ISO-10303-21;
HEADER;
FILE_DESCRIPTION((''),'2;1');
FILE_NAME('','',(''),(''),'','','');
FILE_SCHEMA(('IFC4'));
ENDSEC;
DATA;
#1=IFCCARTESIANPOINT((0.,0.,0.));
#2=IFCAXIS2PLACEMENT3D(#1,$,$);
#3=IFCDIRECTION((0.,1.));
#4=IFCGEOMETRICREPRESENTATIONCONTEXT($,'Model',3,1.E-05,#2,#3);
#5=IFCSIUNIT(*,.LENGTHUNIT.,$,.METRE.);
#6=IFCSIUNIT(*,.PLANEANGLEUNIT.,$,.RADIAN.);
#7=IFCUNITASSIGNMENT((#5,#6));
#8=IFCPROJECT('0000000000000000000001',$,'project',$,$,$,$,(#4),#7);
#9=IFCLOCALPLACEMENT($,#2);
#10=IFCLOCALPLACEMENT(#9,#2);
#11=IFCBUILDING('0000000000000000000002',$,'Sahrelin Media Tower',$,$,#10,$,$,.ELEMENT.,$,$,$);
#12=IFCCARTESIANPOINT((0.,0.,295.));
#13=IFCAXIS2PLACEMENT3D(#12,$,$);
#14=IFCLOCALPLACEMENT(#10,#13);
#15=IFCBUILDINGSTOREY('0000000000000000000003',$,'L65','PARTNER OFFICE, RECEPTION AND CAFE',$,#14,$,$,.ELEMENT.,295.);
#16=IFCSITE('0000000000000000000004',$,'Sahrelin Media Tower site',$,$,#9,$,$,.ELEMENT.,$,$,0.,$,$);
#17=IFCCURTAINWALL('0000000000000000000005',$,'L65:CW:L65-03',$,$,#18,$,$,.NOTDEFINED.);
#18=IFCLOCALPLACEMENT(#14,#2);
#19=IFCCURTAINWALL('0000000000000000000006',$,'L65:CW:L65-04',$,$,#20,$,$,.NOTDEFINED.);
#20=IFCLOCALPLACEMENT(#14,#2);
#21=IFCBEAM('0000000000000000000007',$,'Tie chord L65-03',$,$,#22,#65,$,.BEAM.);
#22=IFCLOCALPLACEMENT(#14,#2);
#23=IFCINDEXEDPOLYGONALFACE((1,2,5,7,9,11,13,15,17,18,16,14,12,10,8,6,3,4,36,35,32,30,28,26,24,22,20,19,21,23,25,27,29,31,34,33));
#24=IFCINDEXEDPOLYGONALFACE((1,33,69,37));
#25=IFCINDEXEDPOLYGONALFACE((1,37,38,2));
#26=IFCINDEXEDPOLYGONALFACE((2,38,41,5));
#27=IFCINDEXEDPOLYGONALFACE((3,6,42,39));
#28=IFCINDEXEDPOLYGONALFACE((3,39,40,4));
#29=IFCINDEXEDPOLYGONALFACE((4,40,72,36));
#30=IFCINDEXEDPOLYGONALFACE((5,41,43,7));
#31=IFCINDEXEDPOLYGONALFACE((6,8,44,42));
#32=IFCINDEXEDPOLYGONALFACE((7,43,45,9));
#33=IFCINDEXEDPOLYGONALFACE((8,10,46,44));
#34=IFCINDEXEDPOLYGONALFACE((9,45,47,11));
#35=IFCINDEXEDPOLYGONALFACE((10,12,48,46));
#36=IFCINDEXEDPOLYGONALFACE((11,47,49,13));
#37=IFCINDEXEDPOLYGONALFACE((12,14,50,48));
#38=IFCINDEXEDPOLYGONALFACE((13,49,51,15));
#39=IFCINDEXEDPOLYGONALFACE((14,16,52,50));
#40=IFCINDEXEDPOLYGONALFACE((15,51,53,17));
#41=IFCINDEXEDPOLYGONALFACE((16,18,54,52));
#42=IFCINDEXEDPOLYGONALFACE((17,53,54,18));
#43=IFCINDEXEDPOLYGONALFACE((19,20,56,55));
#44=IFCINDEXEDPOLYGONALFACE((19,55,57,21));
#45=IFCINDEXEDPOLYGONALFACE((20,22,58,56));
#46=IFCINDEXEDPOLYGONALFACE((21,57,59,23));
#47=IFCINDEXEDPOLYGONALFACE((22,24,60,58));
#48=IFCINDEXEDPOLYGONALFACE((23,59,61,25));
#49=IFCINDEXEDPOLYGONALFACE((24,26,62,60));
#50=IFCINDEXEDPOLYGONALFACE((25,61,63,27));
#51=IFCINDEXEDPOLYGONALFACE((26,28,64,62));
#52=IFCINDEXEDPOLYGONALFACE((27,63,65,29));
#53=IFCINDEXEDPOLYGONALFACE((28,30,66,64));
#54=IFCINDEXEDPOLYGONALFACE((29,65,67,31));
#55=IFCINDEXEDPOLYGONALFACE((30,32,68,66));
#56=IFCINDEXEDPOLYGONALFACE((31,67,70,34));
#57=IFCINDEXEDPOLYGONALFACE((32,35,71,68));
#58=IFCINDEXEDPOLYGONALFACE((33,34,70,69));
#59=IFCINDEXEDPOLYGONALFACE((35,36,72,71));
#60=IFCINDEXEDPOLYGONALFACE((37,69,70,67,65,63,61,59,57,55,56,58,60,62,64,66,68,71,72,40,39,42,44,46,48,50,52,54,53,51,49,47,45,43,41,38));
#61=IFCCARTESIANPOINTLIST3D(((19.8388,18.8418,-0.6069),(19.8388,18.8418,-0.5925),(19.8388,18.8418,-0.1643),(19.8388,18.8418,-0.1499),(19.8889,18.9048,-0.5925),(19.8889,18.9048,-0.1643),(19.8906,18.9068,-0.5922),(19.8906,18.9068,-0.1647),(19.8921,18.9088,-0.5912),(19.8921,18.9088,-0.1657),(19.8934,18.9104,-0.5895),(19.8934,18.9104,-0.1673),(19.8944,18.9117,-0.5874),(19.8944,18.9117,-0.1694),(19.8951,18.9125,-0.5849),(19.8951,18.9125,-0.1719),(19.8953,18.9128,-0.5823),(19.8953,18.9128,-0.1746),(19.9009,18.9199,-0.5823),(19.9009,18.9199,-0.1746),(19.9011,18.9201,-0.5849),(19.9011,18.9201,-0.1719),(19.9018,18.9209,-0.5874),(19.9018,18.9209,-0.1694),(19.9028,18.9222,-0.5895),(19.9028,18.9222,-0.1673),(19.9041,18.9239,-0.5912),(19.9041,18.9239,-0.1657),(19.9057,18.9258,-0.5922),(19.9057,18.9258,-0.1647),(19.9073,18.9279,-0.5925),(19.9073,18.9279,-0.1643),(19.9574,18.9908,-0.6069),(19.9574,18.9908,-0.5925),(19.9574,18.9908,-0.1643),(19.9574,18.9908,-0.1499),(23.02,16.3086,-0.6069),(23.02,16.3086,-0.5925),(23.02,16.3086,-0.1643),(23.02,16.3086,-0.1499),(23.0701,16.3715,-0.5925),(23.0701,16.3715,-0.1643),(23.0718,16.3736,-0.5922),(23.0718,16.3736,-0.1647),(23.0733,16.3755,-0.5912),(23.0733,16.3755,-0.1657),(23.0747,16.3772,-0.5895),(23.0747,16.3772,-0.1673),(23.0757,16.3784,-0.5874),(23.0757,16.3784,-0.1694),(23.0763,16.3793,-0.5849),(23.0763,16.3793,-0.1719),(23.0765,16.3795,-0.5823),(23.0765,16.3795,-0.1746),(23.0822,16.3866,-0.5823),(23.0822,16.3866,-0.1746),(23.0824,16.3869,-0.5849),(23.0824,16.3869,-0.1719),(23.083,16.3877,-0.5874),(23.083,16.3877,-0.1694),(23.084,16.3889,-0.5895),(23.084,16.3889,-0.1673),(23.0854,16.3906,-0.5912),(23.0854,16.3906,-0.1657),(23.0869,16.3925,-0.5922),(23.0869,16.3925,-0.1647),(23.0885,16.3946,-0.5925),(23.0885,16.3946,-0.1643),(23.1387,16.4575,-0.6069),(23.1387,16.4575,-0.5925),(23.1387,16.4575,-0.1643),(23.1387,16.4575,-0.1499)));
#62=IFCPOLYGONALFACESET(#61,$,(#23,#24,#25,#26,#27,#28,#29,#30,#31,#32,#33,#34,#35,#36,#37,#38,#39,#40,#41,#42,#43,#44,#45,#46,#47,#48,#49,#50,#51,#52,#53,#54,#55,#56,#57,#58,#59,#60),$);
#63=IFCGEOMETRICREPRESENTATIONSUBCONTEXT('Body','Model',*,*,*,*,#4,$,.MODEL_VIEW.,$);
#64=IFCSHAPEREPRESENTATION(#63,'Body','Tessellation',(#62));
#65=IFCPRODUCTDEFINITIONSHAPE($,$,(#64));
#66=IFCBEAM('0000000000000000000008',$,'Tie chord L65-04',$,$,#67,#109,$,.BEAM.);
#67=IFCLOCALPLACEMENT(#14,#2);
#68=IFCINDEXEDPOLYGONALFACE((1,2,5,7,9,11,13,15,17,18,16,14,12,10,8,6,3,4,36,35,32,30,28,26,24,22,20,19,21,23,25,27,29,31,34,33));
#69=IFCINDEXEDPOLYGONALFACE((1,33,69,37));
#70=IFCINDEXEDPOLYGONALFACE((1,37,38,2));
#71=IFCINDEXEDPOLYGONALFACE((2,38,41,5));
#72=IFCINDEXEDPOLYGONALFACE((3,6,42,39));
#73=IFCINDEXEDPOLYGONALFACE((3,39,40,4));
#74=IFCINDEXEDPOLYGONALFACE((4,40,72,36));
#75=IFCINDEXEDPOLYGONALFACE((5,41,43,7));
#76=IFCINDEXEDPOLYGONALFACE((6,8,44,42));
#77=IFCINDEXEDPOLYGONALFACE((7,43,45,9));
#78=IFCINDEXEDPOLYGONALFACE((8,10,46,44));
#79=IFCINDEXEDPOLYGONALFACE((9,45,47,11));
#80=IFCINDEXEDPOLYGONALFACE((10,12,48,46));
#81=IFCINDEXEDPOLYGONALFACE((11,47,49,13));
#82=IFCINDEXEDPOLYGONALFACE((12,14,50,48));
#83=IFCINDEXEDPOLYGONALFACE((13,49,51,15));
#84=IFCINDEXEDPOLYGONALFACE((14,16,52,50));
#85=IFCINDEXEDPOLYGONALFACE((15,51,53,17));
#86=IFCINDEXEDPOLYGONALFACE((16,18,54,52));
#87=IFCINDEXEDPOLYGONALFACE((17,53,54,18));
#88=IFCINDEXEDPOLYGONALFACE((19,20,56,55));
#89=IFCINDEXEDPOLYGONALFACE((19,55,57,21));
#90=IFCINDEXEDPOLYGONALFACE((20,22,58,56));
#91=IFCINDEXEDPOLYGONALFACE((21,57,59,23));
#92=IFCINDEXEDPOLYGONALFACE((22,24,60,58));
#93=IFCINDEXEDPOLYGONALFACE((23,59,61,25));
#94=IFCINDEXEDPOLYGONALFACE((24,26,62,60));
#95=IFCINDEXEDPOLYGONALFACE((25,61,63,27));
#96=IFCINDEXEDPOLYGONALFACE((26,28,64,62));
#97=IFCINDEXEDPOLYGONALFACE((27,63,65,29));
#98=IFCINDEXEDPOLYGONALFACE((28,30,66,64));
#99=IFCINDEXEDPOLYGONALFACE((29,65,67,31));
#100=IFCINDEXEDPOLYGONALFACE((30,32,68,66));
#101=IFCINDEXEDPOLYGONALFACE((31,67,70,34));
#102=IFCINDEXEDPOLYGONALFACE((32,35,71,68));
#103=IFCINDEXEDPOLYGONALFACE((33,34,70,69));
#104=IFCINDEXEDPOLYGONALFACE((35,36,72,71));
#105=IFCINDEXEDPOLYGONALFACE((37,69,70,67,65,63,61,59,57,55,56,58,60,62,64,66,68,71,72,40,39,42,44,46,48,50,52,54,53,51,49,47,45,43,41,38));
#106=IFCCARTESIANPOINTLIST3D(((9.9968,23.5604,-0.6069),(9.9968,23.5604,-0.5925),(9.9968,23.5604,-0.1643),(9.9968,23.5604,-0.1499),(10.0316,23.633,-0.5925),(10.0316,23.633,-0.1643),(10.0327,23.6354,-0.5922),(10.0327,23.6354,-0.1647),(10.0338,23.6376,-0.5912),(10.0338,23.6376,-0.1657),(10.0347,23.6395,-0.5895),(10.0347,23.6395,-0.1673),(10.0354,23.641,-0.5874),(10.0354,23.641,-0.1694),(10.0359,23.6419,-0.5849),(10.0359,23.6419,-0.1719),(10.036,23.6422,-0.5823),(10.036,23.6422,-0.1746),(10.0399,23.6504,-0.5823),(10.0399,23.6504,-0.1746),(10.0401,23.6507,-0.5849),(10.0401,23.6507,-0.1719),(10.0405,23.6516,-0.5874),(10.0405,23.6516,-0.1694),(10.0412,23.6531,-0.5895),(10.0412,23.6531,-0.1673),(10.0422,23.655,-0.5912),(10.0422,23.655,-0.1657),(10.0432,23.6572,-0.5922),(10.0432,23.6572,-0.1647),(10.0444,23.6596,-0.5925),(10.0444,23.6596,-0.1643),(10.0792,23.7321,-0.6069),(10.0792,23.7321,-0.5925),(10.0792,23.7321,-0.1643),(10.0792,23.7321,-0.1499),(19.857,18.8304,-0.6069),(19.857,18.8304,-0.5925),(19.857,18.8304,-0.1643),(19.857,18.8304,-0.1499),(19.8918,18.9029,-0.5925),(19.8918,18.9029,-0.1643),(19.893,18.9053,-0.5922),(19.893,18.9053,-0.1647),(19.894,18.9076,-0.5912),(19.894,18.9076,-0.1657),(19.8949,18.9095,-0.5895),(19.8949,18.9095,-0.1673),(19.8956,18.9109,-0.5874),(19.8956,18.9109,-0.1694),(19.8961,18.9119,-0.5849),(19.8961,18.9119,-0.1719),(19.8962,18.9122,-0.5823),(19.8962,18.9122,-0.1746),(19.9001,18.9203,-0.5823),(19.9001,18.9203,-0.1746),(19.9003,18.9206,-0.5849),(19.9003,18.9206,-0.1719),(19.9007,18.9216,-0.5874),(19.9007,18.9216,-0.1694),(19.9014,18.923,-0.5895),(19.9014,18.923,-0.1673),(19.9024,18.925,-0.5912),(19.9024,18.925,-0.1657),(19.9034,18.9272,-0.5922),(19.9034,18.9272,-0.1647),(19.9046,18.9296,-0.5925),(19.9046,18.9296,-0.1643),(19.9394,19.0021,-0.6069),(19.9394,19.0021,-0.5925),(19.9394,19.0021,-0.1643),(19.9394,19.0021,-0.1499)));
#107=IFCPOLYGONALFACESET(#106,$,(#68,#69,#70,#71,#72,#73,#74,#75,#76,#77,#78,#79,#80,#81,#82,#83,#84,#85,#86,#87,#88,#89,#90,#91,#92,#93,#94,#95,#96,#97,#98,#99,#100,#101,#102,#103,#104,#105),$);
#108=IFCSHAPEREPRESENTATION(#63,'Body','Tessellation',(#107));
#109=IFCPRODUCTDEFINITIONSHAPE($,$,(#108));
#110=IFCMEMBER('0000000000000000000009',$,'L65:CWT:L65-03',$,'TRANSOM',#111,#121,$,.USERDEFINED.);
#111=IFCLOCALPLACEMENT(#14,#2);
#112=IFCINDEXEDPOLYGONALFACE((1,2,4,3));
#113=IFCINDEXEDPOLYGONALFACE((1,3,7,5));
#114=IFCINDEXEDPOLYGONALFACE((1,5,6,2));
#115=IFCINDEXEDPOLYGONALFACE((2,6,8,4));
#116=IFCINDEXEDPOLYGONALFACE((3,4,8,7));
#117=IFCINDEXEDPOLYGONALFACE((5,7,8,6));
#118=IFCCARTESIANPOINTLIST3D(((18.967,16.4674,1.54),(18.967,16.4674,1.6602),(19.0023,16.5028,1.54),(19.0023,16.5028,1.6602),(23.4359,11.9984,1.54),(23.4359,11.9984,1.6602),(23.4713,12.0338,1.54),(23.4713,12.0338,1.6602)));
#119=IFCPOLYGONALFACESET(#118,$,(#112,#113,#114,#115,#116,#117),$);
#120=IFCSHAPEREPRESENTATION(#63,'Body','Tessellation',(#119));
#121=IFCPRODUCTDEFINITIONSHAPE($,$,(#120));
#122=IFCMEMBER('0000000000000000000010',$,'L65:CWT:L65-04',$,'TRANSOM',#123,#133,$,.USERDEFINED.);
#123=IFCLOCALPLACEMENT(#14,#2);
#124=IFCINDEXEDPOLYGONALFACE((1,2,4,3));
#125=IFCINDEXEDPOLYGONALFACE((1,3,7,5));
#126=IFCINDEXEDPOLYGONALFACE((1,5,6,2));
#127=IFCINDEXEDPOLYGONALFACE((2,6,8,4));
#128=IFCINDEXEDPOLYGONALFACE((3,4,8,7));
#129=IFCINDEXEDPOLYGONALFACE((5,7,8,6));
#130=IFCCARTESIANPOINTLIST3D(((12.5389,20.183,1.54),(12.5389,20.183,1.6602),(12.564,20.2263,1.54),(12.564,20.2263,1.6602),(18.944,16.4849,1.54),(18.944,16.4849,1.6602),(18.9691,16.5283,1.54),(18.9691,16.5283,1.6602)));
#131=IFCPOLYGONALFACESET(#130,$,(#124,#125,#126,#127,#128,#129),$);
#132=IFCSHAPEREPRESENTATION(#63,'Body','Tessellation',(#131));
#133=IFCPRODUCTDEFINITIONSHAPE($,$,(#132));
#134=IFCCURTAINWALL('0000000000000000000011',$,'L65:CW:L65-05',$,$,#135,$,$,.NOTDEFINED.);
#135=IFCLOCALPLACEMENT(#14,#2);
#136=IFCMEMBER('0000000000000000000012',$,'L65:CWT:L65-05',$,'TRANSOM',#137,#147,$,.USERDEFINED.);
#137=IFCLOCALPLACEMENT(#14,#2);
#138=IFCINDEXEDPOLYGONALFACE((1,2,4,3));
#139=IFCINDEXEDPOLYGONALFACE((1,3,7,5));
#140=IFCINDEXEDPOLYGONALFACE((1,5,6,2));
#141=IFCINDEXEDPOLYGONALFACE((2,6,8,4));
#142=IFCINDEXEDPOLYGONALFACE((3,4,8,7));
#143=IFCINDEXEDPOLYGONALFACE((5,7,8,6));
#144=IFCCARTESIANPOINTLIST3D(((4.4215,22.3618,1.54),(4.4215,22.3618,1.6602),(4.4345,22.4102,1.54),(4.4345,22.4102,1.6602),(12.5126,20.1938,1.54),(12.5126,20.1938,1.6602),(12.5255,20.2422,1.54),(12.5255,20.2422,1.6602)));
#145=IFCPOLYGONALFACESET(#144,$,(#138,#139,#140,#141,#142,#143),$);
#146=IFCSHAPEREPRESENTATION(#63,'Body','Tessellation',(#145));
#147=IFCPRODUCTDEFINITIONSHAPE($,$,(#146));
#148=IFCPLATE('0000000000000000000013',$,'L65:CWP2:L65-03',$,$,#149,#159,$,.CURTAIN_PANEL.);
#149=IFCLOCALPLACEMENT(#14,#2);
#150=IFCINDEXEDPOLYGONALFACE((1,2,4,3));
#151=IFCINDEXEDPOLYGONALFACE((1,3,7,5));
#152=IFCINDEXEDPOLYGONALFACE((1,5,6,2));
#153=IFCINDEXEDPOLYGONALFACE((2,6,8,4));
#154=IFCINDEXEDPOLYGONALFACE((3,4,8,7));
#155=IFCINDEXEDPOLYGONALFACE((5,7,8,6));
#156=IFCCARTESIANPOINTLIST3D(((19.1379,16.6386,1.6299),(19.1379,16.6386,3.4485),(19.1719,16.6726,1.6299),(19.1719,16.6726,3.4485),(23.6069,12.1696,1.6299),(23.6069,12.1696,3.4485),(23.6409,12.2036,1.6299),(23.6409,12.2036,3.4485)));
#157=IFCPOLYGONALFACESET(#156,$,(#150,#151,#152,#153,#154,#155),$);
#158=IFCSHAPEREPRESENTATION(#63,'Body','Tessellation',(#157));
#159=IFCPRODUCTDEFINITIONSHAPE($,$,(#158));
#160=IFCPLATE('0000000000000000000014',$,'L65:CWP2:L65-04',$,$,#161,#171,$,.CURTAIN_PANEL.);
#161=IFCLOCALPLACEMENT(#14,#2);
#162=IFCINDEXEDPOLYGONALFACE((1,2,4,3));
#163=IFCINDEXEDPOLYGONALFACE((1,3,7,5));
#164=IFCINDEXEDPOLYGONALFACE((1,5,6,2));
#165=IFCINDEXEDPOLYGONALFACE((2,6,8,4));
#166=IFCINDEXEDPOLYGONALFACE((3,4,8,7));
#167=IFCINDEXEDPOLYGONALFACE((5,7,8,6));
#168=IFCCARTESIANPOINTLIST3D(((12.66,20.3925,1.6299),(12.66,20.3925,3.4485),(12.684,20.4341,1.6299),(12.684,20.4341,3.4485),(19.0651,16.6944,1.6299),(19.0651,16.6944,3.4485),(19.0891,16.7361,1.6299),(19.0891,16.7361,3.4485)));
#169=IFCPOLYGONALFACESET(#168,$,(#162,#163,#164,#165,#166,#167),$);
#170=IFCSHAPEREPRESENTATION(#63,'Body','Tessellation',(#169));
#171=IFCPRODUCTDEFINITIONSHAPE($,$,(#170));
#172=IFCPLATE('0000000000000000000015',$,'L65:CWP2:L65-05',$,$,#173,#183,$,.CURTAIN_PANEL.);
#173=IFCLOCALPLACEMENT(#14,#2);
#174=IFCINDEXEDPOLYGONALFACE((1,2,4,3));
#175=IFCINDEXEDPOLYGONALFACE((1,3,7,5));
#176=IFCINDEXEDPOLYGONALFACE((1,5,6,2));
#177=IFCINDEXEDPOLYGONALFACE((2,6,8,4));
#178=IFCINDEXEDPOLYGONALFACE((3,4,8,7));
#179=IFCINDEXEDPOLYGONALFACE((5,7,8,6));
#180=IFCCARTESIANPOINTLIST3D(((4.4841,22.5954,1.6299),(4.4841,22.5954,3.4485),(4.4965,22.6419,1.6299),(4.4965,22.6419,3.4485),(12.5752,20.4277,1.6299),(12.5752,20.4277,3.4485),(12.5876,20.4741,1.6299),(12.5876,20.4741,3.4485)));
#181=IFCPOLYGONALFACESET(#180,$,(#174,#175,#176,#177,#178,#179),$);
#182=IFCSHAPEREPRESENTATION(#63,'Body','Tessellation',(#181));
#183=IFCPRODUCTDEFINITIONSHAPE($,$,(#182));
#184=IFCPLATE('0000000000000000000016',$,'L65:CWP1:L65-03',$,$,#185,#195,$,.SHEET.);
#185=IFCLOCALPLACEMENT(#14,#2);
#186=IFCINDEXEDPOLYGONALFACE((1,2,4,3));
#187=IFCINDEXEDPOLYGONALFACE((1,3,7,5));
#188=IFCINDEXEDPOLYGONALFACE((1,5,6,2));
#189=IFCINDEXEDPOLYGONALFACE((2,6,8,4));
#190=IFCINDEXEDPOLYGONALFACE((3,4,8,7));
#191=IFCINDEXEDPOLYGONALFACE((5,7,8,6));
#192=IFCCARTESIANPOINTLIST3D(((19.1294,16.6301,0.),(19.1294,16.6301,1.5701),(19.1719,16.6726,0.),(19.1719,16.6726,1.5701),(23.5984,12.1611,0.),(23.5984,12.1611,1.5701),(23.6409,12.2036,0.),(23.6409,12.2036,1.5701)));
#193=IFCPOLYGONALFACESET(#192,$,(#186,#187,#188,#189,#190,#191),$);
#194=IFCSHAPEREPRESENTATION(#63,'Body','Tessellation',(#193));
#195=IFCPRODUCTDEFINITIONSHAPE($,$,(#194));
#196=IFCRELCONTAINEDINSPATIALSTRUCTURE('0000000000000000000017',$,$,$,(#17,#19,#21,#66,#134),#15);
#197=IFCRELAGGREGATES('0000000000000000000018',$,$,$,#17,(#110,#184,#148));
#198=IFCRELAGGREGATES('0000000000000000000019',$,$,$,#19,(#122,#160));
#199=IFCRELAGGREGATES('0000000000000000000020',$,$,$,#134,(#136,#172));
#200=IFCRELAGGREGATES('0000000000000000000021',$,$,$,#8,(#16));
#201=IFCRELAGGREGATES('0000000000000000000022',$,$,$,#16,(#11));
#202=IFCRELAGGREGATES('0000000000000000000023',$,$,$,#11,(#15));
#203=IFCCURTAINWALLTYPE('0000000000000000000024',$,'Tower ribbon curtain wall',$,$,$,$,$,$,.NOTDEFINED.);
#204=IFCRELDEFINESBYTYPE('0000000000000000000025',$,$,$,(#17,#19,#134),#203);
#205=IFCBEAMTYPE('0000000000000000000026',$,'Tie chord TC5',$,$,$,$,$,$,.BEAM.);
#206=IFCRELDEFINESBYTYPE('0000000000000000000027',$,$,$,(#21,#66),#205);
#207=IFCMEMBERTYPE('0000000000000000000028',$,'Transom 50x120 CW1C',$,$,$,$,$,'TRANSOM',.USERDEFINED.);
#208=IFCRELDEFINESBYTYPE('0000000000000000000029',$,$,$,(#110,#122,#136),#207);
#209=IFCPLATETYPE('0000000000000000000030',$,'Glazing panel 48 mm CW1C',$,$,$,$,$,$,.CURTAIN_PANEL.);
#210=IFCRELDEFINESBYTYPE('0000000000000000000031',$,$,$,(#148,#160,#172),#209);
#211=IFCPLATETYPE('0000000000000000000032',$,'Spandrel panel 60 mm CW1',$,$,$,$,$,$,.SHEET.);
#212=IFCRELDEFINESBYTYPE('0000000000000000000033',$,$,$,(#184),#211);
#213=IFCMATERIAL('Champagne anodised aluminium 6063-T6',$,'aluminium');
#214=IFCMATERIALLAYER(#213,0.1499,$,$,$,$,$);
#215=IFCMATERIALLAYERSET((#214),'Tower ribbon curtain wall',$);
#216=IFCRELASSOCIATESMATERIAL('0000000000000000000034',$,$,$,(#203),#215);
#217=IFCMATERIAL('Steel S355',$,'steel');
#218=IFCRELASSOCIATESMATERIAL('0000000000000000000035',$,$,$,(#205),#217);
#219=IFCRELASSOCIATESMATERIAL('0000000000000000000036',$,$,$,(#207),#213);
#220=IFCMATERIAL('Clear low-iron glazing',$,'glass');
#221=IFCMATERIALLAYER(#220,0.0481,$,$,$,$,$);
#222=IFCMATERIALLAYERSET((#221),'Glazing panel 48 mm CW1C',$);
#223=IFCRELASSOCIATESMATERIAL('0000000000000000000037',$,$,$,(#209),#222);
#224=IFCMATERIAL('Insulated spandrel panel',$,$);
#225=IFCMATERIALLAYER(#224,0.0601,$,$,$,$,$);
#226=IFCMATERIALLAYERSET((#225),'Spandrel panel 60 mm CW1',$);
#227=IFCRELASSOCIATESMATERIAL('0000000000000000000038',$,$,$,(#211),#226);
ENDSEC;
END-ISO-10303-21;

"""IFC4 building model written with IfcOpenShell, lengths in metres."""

from ifc_helpers import new_model, si_unit, direction, frame, origin, origin_2d, place, context, subcontext, project, spatial, polyline, rectangle, i_section, outline, extrude, material, layer, layer_set, material_profile, profile_set, type_object, element, aggregate, save


model = new_model("IFC4")

# Units and contexts
model_context = context("Model", 3, precision=1e-05, world=origin(), true_north=direction((0.0, 1.0)))
body_context = subcontext(model_context, "Body", "Model", "MODEL_VIEW")
ifc_project = project(units=[si_unit("LENGTHUNIT", "METRE"), si_unit("PLANEANGLEUNIT", "RADIAN")], contexts=[model_context])

# Site, building, storey
site_placement = place(None, origin())
site = spatial("IfcSite", under=ifc_project, at=site_placement, Name="Sahrelin Media Tower site", CompositionType="ELEMENT", RefElevation=0.0)
building_placement = place(site_placement, origin())
building = spatial("IfcBuilding", under=site, at=building_placement, Name="Sahrelin Media Tower", CompositionType="ELEMENT")
storey_placement = place(building_placement, frame((0.0, 0.0, 295.0)))
storey = spatial("IfcBuildingStorey", under=building, at=storey_placement, Name="L65", Description="PARTNER OFFICE, RECEPTION AND CAFE", CompositionType="ELEMENT", Elevation=295.0)

# Shared definitions
ifc_material_1 = material(Name="Steel S355", Category="steel")

# Curtain walls
ifc_material_2 = material(Name="Champagne anodised aluminium 6063-T6", Category="aluminium")
ifc_layer_1 = layer(ifc_material_2, 0.1499)
ifc_layer_set_1 = layer_set([ifc_layer_1], Name="Tower ribbon curtain wall")
curtain_wall_type = type_object("IfcCurtainWallType", Name="Tower ribbon curtain wall", PredefinedType="NOTDEFINED", material=ifc_layer_set_1)
curtain_wall_1_placement = place(storey_placement, frame((21.3923, 14.4238, 0.0), z_axis=(0.0, 0.0, 1.0), x_axis=(1.0, 0.0, 0.0)))
curtain_wall_1 = element("IfcCurtainWall", 1, at=curtain_wall_1_placement, inside=storey, type_object=curtain_wall_type, Name="L65:CW:L65-03", PredefinedType="NOTDEFINED")
curtain_wall_2_placement = place(storey_placement, frame((15.8765, 18.5676, 0.0), z_axis=(0.0, 0.0, 1.0), x_axis=(1.0, 0.0, 0.0)))
curtain_wall_2 = element("IfcCurtainWall", 2, at=curtain_wall_2_placement, inside=storey, type_object=curtain_wall_type, Name="L65:CW:L65-04", PredefinedType="NOTDEFINED")

# Beams
ifc_material_profile_1 = material_profile(ifc_material_1, i_section(OverallWidth=0.1904, OverallDepth=0.457, WebThickness=0.009, FlangeThickness=0.0144, FilletRadius=0.0103, at=origin_2d()), Name="UB 457x191x74")
ifc_profile_set_1 = profile_set([ifc_material_profile_1], Name="Steel S355")
beam_type_1 = type_object("IfcBeamType", Name="Tie chord TC5", PredefinedType="BEAM", material=ifc_profile_set_1)
beam_1_placement = place(storey_placement, frame((23.0793, 16.3831, -0.3784), z_axis=(-0.782273, 0.622936, 0.0), x_axis=(-0.622936, -0.782273, 0.0)))
element("IfcBeam", 3, at=beam_1_placement, inside=storey, type_object=beam_type_1, Name="Tie chord L65-03", PredefinedType="BEAM", context=body_context, shape_type="SweptSolid", body=[
    extrude(i_section(OverallWidth=0.1904, OverallDepth=0.457, WebThickness=0.009, FlangeThickness=0.0144, FilletRadius=0.0103, at=origin_2d()), origin(), (0.0, 0.0, 1.0), 4.0667),
])
beam_2_placement = place(storey_placement, frame((19.8982, 18.9163, -0.3784), z_axis=(-0.901625, 0.432518, 0.0), x_axis=(-0.432518, -0.901625, 0.0)))
element("IfcBeam", 4, at=beam_2_placement, inside=storey, type_object=beam_type_1, Name="Tie chord L65-04", PredefinedType="BEAM", context=body_context, shape_type="SweptSolid", body=[
    extrude(i_section(OverallWidth=0.1904, OverallDepth=0.457, WebThickness=0.009, FlangeThickness=0.0144, FilletRadius=0.0103, at=origin_2d()), origin(), (0.0, 0.0, 1.0), 10.936),
])

# Members
ifc_material_profile_2 = material_profile(ifc_material_2, rectangle(XDim=0.05, YDim=0.1201, at=origin_2d()), Name="Transom 50x120")
ifc_profile_set_2 = profile_set([ifc_material_profile_2], Name="Champagne anodised aluminium 6063-T6")
member_type_1 = type_object("IfcMemberType", Name="Transom 50x120 CW1C", ElementType="TRANSOM", PredefinedType="USERDEFINED", material=ifc_profile_set_2)
member_1_placement = place(storey_placement, frame((23.4536, 12.0161, 1.6001), z_axis=(-0.707107, 0.707107, 0.0), x_axis=(-0.707107, -0.707107, 0.0)))
member_1 = element("IfcMember", 5, at=member_1_placement, type_object=member_type_1, Name="L65:CWT:L65-03", ObjectType="TRANSOM", PredefinedType="USERDEFINED", context=body_context, shape_type="SweptSolid", body=[
    extrude(rectangle(XDim=0.05, YDim=0.1201, at=origin_2d()), origin(), (0.0, 0.0, 1.0), 6.3201),
])
member_2_placement = place(storey_placement, frame((18.9565, 16.5066, 1.6001), z_axis=(-0.866022, 0.500005, 0.0), x_axis=(-0.500005, -0.866022, 0.0)))
member_2 = element("IfcMember", 6, at=member_2_placement, type_object=member_type_1, Name="L65:CWT:L65-04", ObjectType="TRANSOM", PredefinedType="USERDEFINED", context=body_context, shape_type="SweptSolid", body=[
    extrude(rectangle(XDim=0.05, YDim=0.1201, at=origin_2d()), origin(), (0.0, 0.0, 1.0), 7.396),
])

# Curtain wall, member
curtain_wall_3_placement = place(storey_placement, frame((8.5369, 21.5386, 0.0), z_axis=(0.0, 0.0, 1.0), x_axis=(1.0, 0.0, 0.0)))
curtain_wall_3 = element("IfcCurtainWall", 7, at=curtain_wall_3_placement, inside=storey, type_object=curtain_wall_type, Name="L65:CW:L65-05", PredefinedType="NOTDEFINED")
member_3_placement = place(storey_placement, frame((12.519, 20.218, 1.6001), z_axis=(-0.965927, 0.258816, 0.0), x_axis=(-0.258816, -0.965927, 0.0)))
member_3 = element("IfcMember", 8, at=member_3_placement, type_object=member_type_1, Name="L65:CWT:L65-05", ObjectType="TRANSOM", PredefinedType="USERDEFINED", context=body_context, shape_type="SweptSolid", body=[
    extrude(rectangle(XDim=0.05, YDim=0.1201, at=origin_2d()), origin(), (0.0, 0.0, 1.0), 8.3765),
])

# Plates
ifc_material_3 = material(Name="Clear low-iron glazing", Category="glass")
ifc_layer_2 = layer(ifc_material_3, 0.0481)
ifc_layer_set_2 = layer_set([ifc_layer_2], Name="Glazing panel 48 mm CW1C")
plate_type_1 = type_object("IfcPlateType", Name="Glazing panel 48 mm CW1C", PredefinedType="CURTAIN_PANEL", material=ifc_layer_set_2)
plate_1_placement = place(storey_placement, frame((23.6409, 12.2036, 1.6299), z_axis=(0.707107, 0.707107, 0.0), x_axis=(-0.707107, 0.707107, 0.0)))
plate_1 = element("IfcPlate", 9, at=plate_1_placement, type_object=plate_type_1, Name="L65:CWP2:L65-03", PredefinedType="CURTAIN_PANEL", context=body_context, shape_type="SweptSolid", body=[
    extrude(outline(polyline([(0.0, 0.0), (6.3201, 0.0), (6.3201, 1.8186), (0.0, 1.8186), (0.0, 0.0)])), origin(), (0.0, 0.0, -1.0), 0.0481),
])
plate_2_placement = place(storey_placement, frame((19.0891, 16.7361, 1.6299), z_axis=(0.500005, 0.866022, 0.0), x_axis=(-0.866022, 0.500005, 0.0)))
plate_2 = element("IfcPlate", 10, at=plate_2_placement, type_object=plate_type_1, Name="L65:CWP2:L65-04", PredefinedType="CURTAIN_PANEL", context=body_context, shape_type="SweptSolid", body=[
    extrude(outline(polyline([(0.0, 0.0), (7.396, 0.0), (7.396, 1.8186), (0.0, 1.8186), (0.0, 0.0)])), origin(), (0.0, 0.0, -1.0), 0.0481),
])
plate_3_placement = place(storey_placement, frame((12.5876, 20.4741, 1.6299), z_axis=(0.258789, 0.965934, 0.0), x_axis=(-0.965934, 0.258789, 0.0)))
plate_3 = element("IfcPlate", 11, at=plate_3_placement, type_object=plate_type_1, Name="L65:CWP2:L65-05", PredefinedType="CURTAIN_PANEL", context=body_context, shape_type="SweptSolid", body=[
    extrude(outline(polyline([(0.0, 0.0), (8.3765, 0.0), (8.3765, 1.8186), (0.0, 1.8186), (0.0, 0.0)])), origin(), (0.0, 0.0, -1.0), 0.0481),
])
ifc_material_4 = material(Name="Insulated spandrel panel")
ifc_layer_3 = layer(ifc_material_4, 0.0601)
ifc_layer_set_3 = layer_set([ifc_layer_3], Name="Spandrel panel 60 mm CW1")
plate_type_2 = type_object("IfcPlateType", Name="Spandrel panel 60 mm CW1", PredefinedType="SHEET", material=ifc_layer_set_3)
plate_4_placement = place(storey_placement, frame((23.6409, 12.2036, 0.0), z_axis=(0.707107, 0.707107, 0.0), x_axis=(-0.707107, 0.707107, 0.0)))
plate_4 = element("IfcPlate", 12, at=plate_4_placement, type_object=plate_type_2, Name="L65:CWP1:L65-03", PredefinedType="SHEET", context=body_context, shape_type="SweptSolid", body=[
    extrude(outline(polyline([(0.0, 0.0), (6.3201, 0.0), (6.3201, 1.5701), (0.0, 1.5701), (0.0, 0.0)])), origin(), (0.0, 0.0, -1.0), 0.0601),
])
aggregate(curtain_wall_1, [member_1, plate_4, plate_1])
aggregate(curtain_wall_2, [member_2, plate_2])
aggregate(curtain_wall_3, [member_3, plate_3])

save(model, "model.ifc")
